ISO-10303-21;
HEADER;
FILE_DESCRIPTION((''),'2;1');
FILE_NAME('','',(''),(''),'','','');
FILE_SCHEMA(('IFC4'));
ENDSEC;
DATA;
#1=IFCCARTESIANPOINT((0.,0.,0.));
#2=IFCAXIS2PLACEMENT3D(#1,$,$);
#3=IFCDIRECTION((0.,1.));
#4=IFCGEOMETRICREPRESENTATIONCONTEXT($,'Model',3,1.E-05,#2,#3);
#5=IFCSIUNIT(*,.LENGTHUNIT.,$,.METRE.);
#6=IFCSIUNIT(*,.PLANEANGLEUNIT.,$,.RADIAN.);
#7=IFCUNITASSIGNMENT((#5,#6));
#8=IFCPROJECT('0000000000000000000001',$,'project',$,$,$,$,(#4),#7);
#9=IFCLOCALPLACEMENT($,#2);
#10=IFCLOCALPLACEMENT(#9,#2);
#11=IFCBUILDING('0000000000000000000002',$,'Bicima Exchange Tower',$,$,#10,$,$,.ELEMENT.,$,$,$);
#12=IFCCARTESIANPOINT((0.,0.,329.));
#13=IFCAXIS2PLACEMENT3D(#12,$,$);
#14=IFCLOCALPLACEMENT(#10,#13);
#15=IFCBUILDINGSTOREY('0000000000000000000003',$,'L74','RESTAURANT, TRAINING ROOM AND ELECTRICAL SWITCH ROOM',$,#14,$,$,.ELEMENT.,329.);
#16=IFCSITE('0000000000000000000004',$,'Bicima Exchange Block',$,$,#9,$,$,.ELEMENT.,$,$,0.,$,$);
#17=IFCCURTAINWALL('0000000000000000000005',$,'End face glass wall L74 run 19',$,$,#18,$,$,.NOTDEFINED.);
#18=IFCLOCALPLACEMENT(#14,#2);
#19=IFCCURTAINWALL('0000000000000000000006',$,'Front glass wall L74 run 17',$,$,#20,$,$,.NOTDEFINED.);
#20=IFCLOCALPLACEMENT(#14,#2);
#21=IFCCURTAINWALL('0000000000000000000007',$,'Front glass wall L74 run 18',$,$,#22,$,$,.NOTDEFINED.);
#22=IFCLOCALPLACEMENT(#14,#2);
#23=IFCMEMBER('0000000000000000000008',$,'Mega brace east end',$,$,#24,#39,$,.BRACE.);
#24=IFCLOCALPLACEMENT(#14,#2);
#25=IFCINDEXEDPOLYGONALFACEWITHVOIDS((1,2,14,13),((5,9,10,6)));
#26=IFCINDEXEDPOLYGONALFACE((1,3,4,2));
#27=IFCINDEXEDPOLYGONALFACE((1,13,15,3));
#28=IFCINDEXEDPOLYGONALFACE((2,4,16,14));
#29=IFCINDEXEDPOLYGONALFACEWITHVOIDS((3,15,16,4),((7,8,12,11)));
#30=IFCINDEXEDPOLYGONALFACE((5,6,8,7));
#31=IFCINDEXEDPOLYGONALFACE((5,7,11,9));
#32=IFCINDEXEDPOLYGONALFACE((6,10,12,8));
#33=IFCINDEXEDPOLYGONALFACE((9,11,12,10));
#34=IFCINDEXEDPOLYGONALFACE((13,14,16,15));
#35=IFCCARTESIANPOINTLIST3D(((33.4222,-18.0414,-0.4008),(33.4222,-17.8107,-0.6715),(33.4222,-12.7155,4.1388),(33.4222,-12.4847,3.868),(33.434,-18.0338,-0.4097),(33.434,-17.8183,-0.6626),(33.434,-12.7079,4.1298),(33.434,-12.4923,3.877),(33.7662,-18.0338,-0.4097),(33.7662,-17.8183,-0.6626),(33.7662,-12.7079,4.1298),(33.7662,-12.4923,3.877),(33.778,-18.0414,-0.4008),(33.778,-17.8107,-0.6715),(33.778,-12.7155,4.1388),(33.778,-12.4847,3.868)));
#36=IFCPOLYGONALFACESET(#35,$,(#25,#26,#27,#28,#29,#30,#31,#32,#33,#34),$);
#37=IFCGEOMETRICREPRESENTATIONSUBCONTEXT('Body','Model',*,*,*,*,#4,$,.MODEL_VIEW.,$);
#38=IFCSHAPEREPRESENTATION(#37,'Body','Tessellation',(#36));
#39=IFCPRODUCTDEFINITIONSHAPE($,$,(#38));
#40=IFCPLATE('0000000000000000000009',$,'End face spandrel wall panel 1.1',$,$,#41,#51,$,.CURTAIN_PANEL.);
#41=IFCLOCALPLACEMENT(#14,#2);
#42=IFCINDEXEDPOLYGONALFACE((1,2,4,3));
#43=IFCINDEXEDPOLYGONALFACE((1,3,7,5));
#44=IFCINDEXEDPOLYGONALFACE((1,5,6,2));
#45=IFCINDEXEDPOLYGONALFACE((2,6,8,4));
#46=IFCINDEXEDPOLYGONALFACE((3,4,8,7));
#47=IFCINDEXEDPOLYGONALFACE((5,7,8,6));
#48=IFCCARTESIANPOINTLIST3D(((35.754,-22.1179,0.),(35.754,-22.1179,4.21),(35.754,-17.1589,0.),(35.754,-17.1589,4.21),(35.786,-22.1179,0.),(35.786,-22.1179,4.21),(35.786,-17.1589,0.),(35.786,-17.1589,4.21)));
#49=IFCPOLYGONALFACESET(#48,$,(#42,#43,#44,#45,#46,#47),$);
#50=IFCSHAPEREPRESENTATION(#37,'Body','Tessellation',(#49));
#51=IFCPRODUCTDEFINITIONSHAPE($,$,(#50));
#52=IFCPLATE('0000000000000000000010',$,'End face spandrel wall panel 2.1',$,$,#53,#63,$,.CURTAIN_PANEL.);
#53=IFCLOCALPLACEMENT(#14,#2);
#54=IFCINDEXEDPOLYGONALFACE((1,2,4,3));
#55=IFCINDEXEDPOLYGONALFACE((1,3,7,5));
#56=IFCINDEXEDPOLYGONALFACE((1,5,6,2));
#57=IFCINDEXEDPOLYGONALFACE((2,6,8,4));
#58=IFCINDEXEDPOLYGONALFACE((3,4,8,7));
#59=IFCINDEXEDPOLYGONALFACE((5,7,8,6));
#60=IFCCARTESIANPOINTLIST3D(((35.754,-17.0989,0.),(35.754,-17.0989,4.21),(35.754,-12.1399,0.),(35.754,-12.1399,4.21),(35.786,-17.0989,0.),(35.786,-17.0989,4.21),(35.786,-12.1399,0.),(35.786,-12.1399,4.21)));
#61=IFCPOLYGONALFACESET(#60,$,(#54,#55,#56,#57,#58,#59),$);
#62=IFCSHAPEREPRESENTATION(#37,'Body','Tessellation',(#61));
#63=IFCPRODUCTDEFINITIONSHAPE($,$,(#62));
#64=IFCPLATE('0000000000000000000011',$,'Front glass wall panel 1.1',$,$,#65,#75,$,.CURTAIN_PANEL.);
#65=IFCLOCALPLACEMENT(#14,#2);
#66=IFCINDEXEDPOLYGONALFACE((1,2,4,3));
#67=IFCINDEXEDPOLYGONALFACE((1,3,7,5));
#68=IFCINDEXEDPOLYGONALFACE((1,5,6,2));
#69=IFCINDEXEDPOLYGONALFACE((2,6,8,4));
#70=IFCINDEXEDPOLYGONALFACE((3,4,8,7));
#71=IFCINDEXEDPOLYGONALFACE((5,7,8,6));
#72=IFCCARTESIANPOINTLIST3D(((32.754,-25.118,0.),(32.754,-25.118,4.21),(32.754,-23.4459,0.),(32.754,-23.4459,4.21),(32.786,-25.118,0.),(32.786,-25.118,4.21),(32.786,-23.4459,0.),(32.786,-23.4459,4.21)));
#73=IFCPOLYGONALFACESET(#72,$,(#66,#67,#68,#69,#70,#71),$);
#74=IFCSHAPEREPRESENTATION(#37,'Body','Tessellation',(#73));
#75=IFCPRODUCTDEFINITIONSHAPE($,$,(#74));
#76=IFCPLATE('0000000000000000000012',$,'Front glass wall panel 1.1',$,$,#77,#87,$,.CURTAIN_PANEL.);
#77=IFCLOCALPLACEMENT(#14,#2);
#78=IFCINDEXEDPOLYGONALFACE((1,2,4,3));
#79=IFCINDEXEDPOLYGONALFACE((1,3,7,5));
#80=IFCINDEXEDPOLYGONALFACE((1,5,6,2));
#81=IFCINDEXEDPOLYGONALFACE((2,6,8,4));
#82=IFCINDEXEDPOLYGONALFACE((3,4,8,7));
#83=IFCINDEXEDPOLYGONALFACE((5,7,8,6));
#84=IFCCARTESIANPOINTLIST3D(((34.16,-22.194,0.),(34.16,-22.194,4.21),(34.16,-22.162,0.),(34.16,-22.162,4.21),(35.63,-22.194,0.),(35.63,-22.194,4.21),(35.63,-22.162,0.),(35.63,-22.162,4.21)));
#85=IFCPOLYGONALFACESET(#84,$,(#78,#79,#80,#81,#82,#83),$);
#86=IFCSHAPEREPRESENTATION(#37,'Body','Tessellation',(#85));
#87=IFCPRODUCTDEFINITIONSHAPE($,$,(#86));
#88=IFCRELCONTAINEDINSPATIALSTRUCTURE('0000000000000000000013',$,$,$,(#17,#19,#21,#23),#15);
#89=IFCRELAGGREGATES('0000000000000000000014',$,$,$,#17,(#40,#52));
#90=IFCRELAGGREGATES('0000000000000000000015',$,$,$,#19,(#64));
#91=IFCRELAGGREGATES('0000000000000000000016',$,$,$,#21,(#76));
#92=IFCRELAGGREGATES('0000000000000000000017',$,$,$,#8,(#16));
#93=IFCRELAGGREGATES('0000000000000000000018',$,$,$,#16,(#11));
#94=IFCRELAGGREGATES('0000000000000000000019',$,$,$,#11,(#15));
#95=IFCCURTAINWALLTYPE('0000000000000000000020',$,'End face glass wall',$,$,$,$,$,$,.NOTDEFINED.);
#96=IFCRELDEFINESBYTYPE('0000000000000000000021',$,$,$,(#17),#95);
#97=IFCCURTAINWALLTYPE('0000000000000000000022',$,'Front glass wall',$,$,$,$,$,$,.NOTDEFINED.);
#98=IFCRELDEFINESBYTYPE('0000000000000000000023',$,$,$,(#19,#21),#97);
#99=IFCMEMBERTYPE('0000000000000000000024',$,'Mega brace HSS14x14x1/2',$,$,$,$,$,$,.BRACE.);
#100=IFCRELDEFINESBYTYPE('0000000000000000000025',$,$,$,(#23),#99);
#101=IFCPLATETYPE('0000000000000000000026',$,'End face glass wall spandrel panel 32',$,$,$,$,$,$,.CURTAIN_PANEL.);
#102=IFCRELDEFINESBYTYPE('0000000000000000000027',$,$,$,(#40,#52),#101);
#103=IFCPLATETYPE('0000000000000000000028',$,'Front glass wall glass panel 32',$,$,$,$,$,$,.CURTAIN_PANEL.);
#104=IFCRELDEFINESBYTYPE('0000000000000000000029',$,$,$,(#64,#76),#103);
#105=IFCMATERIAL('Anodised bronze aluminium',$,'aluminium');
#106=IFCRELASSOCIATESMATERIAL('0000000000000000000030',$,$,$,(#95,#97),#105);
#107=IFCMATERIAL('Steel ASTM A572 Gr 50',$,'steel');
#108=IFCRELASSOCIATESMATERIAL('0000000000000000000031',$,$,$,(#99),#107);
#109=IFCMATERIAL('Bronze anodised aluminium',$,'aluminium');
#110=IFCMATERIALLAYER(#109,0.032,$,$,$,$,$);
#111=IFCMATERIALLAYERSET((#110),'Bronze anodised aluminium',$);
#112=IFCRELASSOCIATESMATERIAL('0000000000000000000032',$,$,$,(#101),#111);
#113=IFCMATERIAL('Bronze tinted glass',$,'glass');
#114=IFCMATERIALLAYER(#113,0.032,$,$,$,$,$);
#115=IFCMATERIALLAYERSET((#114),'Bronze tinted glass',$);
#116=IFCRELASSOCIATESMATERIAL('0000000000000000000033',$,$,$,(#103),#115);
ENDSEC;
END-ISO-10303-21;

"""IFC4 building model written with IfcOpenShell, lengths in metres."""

from ifc_helpers import new_model, si_unit, direction, frame, origin, origin_2d, place, context, subcontext, project, spatial, rectangle, hollow_rectangle, extrude, material, layer, layer_set, material_profile, profile_set, type_object, element, aggregate, save


model = new_model("IFC4")

# Units and contexts
model_context = context("Model", 3, precision=1e-05, world=origin(), true_north=direction((0.0, 1.0)))
body_context = subcontext(model_context, "Body", "Model", "MODEL_VIEW")
ifc_project = project(units=[si_unit("LENGTHUNIT", "METRE"), si_unit("PLANEANGLEUNIT", "RADIAN")], contexts=[model_context])

# Site, building, storey
site_placement = place(None, origin())
site = spatial("IfcSite", under=ifc_project, at=site_placement, Name="Bicima Exchange Block", CompositionType="ELEMENT", RefElevation=0.0)
building_placement = place(site_placement, origin())
building = spatial("IfcBuilding", under=site, at=building_placement, Name="Bicima Exchange Tower", CompositionType="ELEMENT")
storey_placement = place(building_placement, frame((0.0, 0.0, 329.0)))
storey = spatial("IfcBuildingStorey", under=building, at=storey_placement, Name="L74", Description="RESTAURANT, TRAINING ROOM AND ELECTRICAL SWITCH ROOM", CompositionType="ELEMENT", Elevation=329.0)

# Shared definitions
ifc_material_1 = material(Name="Steel ASTM A572 Gr 50", Category="steel")

# Curtain wall
ifc_material_2 = material(Name="Anodised bronze aluminium", Category="aluminium")
curtain_wall_type_1 = type_object("IfcCurtainWallType", Name="End face glass wall", PredefinedType="NOTDEFINED", material=ifc_material_2)
curtain_wall_1_placement = place(storey_placement, origin())
curtain_wall_1 = element("IfcCurtainWall", 1, at=curtain_wall_1_placement, inside=storey, type_object=curtain_wall_type_1, Name="End face glass wall L74 run 19", PredefinedType="NOTDEFINED")

# Shared definitions
curtain_wall_type_2 = type_object("IfcCurtainWallType", Name="Front glass wall", PredefinedType="NOTDEFINED", material=ifc_material_2)

# Curtain walls
curtain_wall_2_placement = place(storey_placement, origin())
curtain_wall_2 = element("IfcCurtainWall", 2, at=curtain_wall_2_placement, inside=storey, type_object=curtain_wall_type_2, Name="Front glass wall L74 run 17", PredefinedType="NOTDEFINED")
curtain_wall_3_placement = place(storey_placement, origin())
curtain_wall_3 = element("IfcCurtainWall", 3, at=curtain_wall_3_placement, inside=storey, type_object=curtain_wall_type_2, Name="Front glass wall L74 run 18", PredefinedType="NOTDEFINED")

# Member
ifc_material_profile_1 = material_profile(ifc_material_1, hollow_rectangle(XDim=0.3557, YDim=0.3557, WallThickness=0.0117, at=origin_2d()))
ifc_profile_set_1 = profile_set([ifc_material_profile_1], Name="Steel ASTM A572 Gr 50")
member_type_1 = type_object("IfcMemberType", Name="Mega brace HSS14x14x1/2", PredefinedType="BRACE", material=ifc_profile_set_1)
member_1_placement = place(storey_placement, frame((33.6001, -17.926, -0.5361), z_axis=(0.0, 0.761056, 0.648686), x_axis=(-1.0, 0.0, 0.0)))
element("IfcMember", 4, at=member_1_placement, inside=storey, type_object=member_type_1, Name="Mega brace east end", PredefinedType="BRACE", context=body_context, shape_type="SweptSolid", body=[
    extrude(hollow_rectangle(XDim=0.3557, YDim=0.3557, WallThickness=0.0117, at=origin_2d()), origin(), (0.0, 0.0, 1.0), 6.998),
])

# Plates
ifc_material_3 = material(Name="Bronze anodised aluminium", Category="aluminium")
ifc_layer_1 = layer(ifc_material_3, 0.032)
ifc_layer_set_1 = layer_set([ifc_layer_1], Name="Bronze anodised aluminium")
plate_type_1 = type_object("IfcPlateType", Name="End face glass wall spandrel panel 32", PredefinedType="CURTAIN_PANEL", material=ifc_layer_set_1)
plate_1_placement = place(storey_placement, frame((35.77, -19.6384, 0.0), z_axis=(0.0, 0.0, 1.0), x_axis=(0.0, 1.0, 0.0)))
plate_1 = element("IfcPlate", 5, at=plate_1_placement, type_object=plate_type_1, Name="End face spandrel wall panel 1.1", PredefinedType="CURTAIN_PANEL", context=body_context, shape_type="SweptSolid", body=[
    extrude(rectangle(XDim=4.959, YDim=0.032, at=origin_2d()), origin(), (0.0, 0.0, 1.0), 4.21),
])
plate_2_placement = place(storey_placement, frame((35.77, -14.6194, 0.0), z_axis=(0.0, 0.0, 1.0), x_axis=(0.0, 1.0, 0.0)))
plate_2 = element("IfcPlate", 6, at=plate_2_placement, type_object=plate_type_1, Name="End face spandrel wall panel 2.1", PredefinedType="CURTAIN_PANEL", context=body_context, shape_type="SweptSolid", body=[
    extrude(rectangle(XDim=4.959, YDim=0.032, at=origin_2d()), origin(), (0.0, 0.0, 1.0), 4.21),
])
aggregate(curtain_wall_1, [plate_1, plate_2])
ifc_material_4 = material(Name="Bronze tinted glass", Category="glass")
ifc_layer_2 = layer(ifc_material_4, 0.032)
ifc_layer_set_2 = layer_set([ifc_layer_2], Name="Bronze tinted glass")
plate_type_2 = type_object("IfcPlateType", Name="Front glass wall glass panel 32", PredefinedType="CURTAIN_PANEL", material=ifc_layer_set_2)
plate_3_placement = place(storey_placement, frame((32.77, -24.282, 0.0), z_axis=(0.0, 0.0, 1.0), x_axis=(0.0, 1.0, 0.0)))
plate_3 = element("IfcPlate", 7, at=plate_3_placement, type_object=plate_type_2, Name="Front glass wall panel 1.1", PredefinedType="CURTAIN_PANEL", context=body_context, shape_type="SweptSolid", body=[
    extrude(rectangle(XDim=1.6721, YDim=0.032, at=origin_2d()), origin(), (0.0, 0.0, 1.0), 4.21),
])
aggregate(curtain_wall_2, [plate_3])
plate_4_placement = place(storey_placement, frame((34.895, -22.178, 0.0), z_axis=(0.0, 0.0, 1.0), x_axis=(1.0, 0.0, 0.0)))
plate_4 = element("IfcPlate", 8, at=plate_4_placement, type_object=plate_type_2, Name="Front glass wall panel 1.1", PredefinedType="CURTAIN_PANEL", context=body_context, shape_type="SweptSolid", body=[
    extrude(rectangle(XDim=1.47, YDim=0.032, at=origin_2d()), origin(), (0.0, 0.0, 1.0), 4.21),
])
aggregate(curtain_wall_3, [plate_4])

save(model, "model.ifc")
